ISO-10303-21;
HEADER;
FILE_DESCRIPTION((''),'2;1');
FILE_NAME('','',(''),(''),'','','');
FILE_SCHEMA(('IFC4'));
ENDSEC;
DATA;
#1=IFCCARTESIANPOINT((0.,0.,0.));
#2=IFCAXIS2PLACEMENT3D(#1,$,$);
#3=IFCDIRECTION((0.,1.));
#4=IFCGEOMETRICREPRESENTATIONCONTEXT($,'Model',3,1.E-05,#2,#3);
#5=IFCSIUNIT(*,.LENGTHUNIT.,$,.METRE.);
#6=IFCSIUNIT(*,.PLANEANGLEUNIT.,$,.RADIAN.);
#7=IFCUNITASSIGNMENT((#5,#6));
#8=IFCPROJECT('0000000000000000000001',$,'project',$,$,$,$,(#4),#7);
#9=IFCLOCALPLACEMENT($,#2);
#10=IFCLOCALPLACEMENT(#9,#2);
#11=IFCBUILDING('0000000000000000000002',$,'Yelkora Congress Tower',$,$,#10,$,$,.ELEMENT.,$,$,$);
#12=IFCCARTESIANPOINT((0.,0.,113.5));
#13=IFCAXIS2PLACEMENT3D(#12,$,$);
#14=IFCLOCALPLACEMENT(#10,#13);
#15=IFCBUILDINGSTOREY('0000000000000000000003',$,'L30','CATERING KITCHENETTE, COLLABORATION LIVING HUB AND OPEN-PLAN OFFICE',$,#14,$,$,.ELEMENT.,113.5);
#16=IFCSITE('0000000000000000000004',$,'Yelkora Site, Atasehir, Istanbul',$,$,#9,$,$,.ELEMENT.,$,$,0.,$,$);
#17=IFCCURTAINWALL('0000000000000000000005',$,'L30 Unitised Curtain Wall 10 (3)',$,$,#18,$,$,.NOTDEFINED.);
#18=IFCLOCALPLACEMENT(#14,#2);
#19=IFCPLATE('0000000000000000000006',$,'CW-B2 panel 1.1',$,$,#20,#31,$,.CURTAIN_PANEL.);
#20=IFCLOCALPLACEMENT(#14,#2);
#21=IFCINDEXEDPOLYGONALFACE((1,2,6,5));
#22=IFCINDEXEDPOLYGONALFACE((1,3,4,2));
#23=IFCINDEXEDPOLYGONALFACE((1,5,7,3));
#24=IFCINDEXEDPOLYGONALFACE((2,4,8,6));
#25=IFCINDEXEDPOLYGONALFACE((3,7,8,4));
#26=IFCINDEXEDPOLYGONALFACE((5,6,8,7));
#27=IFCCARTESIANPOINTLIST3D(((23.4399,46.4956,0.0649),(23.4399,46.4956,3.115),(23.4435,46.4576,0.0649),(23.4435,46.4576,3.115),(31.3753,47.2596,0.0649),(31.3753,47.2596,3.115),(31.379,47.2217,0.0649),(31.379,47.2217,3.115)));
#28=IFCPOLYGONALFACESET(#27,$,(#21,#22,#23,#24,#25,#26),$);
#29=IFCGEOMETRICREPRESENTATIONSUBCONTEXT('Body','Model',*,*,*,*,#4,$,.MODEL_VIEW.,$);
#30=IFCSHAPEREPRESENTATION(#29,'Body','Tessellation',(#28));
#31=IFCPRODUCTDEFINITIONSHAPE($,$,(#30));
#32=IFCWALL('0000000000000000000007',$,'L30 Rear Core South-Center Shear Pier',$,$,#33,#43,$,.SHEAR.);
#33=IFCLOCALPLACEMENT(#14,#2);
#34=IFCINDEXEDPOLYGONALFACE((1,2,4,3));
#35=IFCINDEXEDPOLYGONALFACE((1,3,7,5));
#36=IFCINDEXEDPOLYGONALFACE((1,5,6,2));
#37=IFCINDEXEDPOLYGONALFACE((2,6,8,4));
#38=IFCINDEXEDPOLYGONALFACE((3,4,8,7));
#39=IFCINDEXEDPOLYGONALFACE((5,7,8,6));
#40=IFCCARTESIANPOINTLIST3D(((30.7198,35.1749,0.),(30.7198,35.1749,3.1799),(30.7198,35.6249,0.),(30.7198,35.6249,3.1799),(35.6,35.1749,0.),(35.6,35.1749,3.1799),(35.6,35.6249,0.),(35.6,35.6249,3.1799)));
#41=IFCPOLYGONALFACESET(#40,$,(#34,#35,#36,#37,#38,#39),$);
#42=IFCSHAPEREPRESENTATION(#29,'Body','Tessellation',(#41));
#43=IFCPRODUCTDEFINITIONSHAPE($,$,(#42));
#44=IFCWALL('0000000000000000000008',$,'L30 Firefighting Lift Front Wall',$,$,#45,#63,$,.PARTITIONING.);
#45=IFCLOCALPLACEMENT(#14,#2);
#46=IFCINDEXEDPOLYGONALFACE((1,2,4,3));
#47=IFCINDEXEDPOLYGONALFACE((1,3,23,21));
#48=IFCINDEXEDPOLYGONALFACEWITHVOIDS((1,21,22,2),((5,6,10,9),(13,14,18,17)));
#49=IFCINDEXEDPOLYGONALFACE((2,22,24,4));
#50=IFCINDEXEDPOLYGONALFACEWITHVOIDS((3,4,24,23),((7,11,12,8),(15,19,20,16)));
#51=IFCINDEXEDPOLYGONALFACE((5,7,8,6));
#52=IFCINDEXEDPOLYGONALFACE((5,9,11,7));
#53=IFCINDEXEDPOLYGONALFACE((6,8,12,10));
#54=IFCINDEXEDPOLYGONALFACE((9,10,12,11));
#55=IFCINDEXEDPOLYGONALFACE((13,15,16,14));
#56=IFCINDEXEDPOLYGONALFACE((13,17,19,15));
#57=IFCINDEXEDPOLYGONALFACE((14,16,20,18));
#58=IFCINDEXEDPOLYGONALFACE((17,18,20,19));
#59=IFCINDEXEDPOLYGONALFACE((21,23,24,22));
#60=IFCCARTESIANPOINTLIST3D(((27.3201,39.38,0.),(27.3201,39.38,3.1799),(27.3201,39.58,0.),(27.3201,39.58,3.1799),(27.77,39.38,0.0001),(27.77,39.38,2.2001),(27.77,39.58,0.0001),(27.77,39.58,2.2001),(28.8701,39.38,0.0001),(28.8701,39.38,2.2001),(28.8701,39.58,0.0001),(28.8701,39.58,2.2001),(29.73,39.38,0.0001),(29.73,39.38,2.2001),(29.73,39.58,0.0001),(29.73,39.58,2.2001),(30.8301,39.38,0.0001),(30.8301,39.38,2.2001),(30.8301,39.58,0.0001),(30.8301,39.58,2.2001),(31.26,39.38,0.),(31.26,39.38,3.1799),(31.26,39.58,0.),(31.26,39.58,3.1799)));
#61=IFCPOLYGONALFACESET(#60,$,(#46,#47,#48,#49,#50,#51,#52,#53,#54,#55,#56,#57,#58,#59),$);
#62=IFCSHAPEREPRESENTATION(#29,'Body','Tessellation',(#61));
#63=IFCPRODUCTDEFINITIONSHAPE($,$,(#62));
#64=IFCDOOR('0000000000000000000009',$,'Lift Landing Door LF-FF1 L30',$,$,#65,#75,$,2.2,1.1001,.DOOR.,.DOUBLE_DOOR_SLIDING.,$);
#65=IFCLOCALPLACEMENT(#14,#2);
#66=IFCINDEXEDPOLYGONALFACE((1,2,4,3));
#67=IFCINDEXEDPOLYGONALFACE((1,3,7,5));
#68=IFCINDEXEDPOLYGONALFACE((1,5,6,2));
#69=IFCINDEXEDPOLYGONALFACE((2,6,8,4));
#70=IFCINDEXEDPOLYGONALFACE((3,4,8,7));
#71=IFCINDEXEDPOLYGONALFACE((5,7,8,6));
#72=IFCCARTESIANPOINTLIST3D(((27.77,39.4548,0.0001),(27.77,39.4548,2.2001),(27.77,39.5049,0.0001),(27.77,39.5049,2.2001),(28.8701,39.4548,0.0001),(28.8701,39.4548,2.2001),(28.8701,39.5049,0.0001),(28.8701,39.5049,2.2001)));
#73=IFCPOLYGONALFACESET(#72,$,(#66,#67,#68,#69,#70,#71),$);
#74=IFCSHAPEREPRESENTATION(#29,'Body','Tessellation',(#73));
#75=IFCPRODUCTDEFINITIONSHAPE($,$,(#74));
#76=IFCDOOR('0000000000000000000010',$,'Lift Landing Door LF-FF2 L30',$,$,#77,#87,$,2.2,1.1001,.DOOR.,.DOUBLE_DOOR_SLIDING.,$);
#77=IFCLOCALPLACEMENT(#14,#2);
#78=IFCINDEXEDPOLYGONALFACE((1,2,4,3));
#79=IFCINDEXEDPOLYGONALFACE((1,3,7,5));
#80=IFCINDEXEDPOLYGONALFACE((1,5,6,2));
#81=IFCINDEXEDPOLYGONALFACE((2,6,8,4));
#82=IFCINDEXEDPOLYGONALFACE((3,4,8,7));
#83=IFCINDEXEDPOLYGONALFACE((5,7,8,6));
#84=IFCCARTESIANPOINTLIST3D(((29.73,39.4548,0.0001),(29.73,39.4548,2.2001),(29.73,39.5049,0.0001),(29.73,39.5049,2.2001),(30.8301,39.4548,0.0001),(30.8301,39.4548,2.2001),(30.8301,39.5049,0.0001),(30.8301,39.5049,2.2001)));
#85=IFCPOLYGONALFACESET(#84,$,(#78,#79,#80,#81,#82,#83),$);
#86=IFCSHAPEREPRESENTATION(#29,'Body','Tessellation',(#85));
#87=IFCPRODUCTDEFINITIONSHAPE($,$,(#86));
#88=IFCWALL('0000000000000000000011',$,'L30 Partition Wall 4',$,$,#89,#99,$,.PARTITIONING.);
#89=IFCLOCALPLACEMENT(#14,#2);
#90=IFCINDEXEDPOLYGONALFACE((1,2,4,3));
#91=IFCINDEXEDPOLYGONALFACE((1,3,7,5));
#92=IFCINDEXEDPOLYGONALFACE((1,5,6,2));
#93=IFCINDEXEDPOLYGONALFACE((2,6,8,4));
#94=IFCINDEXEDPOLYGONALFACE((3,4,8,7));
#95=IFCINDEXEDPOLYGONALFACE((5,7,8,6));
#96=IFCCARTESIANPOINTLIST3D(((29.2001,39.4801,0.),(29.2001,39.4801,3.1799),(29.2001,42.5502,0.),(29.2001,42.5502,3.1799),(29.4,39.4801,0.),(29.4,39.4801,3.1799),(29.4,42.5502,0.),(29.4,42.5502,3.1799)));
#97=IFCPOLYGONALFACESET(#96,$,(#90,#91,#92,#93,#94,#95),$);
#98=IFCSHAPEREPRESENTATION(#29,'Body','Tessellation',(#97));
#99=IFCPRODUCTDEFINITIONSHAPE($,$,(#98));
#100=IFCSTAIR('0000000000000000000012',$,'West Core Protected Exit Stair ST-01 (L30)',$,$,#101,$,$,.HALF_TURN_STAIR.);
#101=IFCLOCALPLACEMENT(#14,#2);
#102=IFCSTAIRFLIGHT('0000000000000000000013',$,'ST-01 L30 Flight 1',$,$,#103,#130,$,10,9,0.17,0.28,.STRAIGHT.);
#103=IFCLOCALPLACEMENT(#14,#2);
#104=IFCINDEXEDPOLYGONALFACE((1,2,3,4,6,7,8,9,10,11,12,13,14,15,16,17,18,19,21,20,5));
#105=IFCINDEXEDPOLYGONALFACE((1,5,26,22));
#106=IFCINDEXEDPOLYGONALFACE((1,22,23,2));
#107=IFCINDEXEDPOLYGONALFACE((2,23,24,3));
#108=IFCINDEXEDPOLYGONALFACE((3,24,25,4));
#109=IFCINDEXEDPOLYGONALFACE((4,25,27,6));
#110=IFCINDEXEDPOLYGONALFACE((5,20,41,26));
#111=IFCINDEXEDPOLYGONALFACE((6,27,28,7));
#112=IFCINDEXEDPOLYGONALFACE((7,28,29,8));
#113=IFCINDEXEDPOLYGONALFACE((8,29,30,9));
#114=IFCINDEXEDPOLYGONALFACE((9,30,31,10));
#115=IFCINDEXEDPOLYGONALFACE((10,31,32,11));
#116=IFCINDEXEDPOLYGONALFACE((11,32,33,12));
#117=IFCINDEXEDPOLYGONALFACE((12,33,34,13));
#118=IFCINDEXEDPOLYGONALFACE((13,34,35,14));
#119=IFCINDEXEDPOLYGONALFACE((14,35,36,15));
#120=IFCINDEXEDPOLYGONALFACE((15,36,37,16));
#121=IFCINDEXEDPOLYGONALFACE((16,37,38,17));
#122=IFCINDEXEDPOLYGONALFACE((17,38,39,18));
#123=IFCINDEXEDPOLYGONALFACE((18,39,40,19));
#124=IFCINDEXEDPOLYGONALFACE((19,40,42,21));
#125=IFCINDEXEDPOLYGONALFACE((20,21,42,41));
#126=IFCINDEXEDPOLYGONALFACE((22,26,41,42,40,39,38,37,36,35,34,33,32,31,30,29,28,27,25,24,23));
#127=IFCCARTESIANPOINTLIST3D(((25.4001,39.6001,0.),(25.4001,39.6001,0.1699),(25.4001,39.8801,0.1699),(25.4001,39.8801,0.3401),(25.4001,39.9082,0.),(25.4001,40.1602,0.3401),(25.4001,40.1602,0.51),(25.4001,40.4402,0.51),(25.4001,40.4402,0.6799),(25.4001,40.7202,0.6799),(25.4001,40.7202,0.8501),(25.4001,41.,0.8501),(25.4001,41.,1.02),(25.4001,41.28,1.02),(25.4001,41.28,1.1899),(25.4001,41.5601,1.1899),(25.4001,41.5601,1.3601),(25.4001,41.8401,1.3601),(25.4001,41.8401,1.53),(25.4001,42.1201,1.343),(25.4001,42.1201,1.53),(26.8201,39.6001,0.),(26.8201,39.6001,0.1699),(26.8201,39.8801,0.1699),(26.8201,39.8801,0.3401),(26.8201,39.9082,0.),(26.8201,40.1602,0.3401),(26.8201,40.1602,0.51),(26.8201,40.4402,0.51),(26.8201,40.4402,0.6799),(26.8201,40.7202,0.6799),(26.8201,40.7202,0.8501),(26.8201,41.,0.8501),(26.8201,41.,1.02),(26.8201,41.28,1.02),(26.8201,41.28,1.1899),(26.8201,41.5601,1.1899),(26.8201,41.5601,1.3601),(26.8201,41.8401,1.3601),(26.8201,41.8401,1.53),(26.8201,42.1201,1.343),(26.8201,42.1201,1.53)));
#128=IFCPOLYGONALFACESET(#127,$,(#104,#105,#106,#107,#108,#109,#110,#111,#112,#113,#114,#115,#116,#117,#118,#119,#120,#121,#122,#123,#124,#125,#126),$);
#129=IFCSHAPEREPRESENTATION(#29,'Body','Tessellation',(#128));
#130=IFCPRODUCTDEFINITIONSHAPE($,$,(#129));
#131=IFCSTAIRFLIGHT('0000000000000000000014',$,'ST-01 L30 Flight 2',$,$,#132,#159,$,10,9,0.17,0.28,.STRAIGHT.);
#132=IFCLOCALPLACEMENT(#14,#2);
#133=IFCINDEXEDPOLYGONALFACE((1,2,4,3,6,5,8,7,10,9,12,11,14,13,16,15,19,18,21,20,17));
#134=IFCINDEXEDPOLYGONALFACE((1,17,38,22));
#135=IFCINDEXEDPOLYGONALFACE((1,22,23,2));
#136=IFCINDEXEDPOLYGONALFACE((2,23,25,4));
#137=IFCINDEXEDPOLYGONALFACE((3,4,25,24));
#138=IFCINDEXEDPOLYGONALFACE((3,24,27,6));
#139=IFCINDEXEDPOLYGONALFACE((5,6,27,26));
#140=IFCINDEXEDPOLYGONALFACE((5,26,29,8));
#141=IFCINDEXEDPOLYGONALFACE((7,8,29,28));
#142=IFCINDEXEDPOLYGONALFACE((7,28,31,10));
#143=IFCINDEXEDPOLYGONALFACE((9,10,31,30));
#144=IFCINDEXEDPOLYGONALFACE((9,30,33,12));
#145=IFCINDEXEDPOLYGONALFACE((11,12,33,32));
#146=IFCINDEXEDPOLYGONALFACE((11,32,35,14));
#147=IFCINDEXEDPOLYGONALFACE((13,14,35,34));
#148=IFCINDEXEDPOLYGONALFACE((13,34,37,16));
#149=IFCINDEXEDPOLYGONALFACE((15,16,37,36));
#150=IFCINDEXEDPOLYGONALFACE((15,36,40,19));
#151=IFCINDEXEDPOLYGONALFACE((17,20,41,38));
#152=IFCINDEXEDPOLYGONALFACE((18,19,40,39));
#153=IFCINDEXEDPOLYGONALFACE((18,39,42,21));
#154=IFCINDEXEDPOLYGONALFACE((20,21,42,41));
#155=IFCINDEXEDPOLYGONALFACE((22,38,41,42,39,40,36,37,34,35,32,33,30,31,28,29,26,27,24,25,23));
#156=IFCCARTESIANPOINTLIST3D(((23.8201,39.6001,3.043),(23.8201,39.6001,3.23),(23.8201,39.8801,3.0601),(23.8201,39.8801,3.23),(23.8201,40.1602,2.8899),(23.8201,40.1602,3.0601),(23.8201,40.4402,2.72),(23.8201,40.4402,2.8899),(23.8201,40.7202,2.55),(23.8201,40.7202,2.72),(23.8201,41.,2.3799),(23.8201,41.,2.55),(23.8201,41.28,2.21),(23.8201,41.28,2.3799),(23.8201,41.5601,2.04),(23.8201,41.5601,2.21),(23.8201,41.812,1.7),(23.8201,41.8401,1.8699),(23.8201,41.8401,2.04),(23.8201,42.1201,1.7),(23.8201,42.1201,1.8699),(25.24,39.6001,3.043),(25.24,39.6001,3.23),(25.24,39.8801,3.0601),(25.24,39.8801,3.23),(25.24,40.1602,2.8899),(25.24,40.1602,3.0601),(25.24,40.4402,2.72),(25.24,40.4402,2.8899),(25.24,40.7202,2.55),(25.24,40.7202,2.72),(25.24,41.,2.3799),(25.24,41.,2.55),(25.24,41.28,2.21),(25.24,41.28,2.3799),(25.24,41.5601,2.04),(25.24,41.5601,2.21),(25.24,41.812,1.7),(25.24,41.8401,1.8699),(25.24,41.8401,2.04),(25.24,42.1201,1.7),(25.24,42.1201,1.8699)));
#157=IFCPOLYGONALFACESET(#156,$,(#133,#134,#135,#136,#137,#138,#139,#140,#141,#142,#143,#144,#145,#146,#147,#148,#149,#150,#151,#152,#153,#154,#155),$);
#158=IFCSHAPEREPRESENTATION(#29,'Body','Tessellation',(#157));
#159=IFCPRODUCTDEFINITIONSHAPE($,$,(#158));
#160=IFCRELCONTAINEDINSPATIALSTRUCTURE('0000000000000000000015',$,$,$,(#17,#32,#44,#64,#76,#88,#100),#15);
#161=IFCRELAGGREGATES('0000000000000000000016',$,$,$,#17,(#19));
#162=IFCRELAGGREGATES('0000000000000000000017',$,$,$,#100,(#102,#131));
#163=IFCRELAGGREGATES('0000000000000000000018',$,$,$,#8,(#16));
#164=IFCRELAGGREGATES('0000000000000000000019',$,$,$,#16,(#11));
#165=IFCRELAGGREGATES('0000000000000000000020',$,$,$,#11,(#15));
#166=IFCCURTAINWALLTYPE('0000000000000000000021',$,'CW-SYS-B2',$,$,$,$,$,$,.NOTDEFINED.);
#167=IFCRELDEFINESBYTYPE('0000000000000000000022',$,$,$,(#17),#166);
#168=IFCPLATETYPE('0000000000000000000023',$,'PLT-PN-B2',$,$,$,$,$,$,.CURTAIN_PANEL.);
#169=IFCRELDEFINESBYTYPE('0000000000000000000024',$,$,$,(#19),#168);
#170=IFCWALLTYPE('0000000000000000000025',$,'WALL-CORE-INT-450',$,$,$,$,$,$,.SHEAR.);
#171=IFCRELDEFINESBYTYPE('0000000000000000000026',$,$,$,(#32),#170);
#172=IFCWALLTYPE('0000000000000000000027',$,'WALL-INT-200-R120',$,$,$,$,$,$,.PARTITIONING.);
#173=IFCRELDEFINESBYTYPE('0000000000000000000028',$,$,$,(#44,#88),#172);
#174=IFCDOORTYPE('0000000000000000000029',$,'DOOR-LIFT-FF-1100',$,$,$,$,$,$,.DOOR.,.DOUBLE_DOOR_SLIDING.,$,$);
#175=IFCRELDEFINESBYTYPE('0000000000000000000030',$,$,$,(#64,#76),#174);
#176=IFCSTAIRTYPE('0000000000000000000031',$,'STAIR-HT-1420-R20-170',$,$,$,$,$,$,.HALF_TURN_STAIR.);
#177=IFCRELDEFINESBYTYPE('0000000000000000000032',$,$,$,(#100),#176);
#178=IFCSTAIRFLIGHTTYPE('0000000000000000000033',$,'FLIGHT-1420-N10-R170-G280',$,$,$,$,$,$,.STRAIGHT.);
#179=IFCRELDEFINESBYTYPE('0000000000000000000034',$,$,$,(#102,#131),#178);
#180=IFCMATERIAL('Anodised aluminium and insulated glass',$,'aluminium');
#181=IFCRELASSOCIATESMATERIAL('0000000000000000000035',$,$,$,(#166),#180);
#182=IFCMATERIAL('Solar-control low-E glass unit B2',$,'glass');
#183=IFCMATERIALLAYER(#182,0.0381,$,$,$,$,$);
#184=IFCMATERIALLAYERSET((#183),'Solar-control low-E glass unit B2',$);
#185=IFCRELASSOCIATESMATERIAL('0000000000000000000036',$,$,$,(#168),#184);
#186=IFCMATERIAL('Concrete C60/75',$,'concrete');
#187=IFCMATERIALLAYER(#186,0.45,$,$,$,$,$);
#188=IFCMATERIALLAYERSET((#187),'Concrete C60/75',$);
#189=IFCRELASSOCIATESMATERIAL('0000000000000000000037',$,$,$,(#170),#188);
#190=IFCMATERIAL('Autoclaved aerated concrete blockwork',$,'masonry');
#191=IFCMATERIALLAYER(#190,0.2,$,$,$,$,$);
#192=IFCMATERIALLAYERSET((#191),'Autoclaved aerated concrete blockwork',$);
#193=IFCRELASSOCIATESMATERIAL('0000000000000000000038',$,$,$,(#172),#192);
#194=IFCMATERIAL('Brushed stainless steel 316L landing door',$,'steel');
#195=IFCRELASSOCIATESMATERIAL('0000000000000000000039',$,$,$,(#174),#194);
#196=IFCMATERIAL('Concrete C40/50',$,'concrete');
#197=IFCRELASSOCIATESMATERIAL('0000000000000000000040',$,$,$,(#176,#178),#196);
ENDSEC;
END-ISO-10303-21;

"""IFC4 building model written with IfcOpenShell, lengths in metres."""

from ifc_helpers import new_model, si_unit, direction, frame, frame_2d, origin, origin_2d, place, context, subcontext, project, spatial, polyline, rectangle, outline, extrude, material, layer, layer_set, type_object, element, fill, aggregate, save


model = new_model("IFC4")

# Units and contexts
model_context = context("Model", 3, precision=1e-05, world=origin(), true_north=direction((0.0, 1.0)))
body_context = subcontext(model_context, "Body", "Model", "MODEL_VIEW")
ifc_project = project(units=[si_unit("LENGTHUNIT", "METRE"), si_unit("PLANEANGLEUNIT", "RADIAN")], contexts=[model_context])

# Site, building, storey
site_placement = place(None, origin())
site = spatial("IfcSite", under=ifc_project, at=site_placement, Name="Yelkora Site, Atasehir, Istanbul", CompositionType="ELEMENT", RefElevation=0.0)
building_placement = place(site_placement, origin())
building = spatial("IfcBuilding", under=site, at=building_placement, Name="Yelkora Congress Tower", CompositionType="ELEMENT")
storey_placement = place(building_placement, frame((0.0, 0.0, 113.5)))
storey = spatial("IfcBuildingStorey", under=building, at=storey_placement, Name="L30", Description="CATERING KITCHENETTE, COLLABORATION LIVING HUB AND OPEN-PLAN OFFICE", CompositionType="ELEMENT", Elevation=113.5)

# Curtain wall, plate
ifc_material_1 = material(Name="Anodised aluminium and insulated glass", Category="aluminium")
curtain_wall_type = type_object("IfcCurtainWallType", Name="CW-SYS-B2", PredefinedType="NOTDEFINED", material=ifc_material_1)
curtain_wall_placement = place(storey_placement, origin())
curtain_wall = element("IfcCurtainWall", 1, at=curtain_wall_placement, inside=storey, type_object=curtain_wall_type, Name="L30 Unitised Curtain Wall 10 (3)", PredefinedType="NOTDEFINED")
ifc_material_2 = material(Name="Solar-control low-E glass unit B2", Category="glass")
ifc_layer_1 = layer(ifc_material_2, 0.0381)
ifc_layer_set_1 = layer_set([ifc_layer_1], Name="Solar-control low-E glass unit B2")
plate_type = type_object("IfcPlateType", Name="PLT-PN-B2", PredefinedType="CURTAIN_PANEL", material=ifc_layer_set_1)
plate_placement = place(storey_placement, frame((27.4094, 46.8586, 0.0649), z_axis=(0.0, 0.0, 1.0), x_axis=(0.995396, 0.095844, 0.0)))
plate = element("IfcPlate", 2, at=plate_placement, type_object=plate_type, Name="CW-B2 panel 1.1", PredefinedType="CURTAIN_PANEL", context=body_context, shape_type="SweptSolid", body=[
    extrude(rectangle(XDim=7.9722, YDim=0.0381, at=origin_2d()), origin(), (0.0, 0.0, 1.0), 3.05),
])
aggregate(curtain_wall, [plate])

# Wall
ifc_material_3 = material(Name="Concrete C60/75", Category="concrete")
ifc_layer_2 = layer(ifc_material_3, 0.45)
ifc_layer_set_2 = layer_set([ifc_layer_2], Name="Concrete C60/75")
wall_type_1 = type_object("IfcWallType", Name="WALL-CORE-INT-450", PredefinedType="SHEAR", material=ifc_layer_set_2)
wall_1_placement = place(storey_placement, frame((30.72, 35.3999, 0.0), z_axis=(0.0, 0.0, 1.0), x_axis=(1.0, 0.0, 0.0)))
element("IfcWall", 3, at=wall_1_placement, inside=storey, type_object=wall_type_1, Name="L30 Rear Core South-Center Shear Pier", PredefinedType="SHEAR", context=body_context, shape_type="SweptSolid", body=[
    extrude(rectangle(XDim=4.8801, YDim=0.45, at=frame_2d((2.4399, 0.0))), origin(), (0.0, 0.0, 1.0), 3.1799),
])

# Shared definitions
ifc_material_4 = material(Name="Autoclaved aerated concrete blockwork", Category="masonry")
ifc_layer_3 = layer(ifc_material_4, 0.2)
ifc_layer_set_3 = layer_set([ifc_layer_3], Name="Autoclaved aerated concrete blockwork")
wall_type_2 = type_object("IfcWallType", Name="WALL-INT-200-R120", PredefinedType="PARTITIONING", material=ifc_layer_set_3)

# Wall, openings, doors
wall_2_placement = place(storey_placement, frame((27.3201, 39.48, 0.0), z_axis=(0.0, 0.0, 1.0), x_axis=(1.0, 0.0, 0.0)))
wall_2 = element("IfcWall", 4, at=wall_2_placement, inside=storey, type_object=wall_type_2, Name="L30 Firefighting Lift Front Wall", PredefinedType="PARTITIONING", context=body_context, shape_type="SweptSolid", body=[
    extrude(rectangle(XDim=3.9399, YDim=0.2, at=frame_2d((1.97, 0.0))), origin(), (0.0, 0.0, 1.0), 3.1799),
])
opening_1_placement = place(wall_2_placement, frame((0.45, 0.0, 0.0)))
opening_1 = element("IfcOpeningElement", 5, at=opening_1_placement, cuts=wall_2, PredefinedType="OPENING", context=body_context, shape_type="SweptSolid", body=[
    extrude(rectangle(XDim=1.1001, YDim=2.2, at=frame_2d((0.55, 1.1001))), frame((0.0, 0.1099, 0.0), z_axis=(0.0, -1.0, 0.0), x_axis=(1.0, 0.0, 0.0)), (0.0, 0.0, 1.0), 0.22),
])
opening_2_placement = place(wall_2_placement, frame((2.4099, 0.0, 0.0)))
opening_2 = element("IfcOpeningElement", 6, at=opening_2_placement, cuts=wall_2, PredefinedType="OPENING", context=body_context, shape_type="SweptSolid", body=[
    extrude(rectangle(XDim=1.1001, YDim=2.2, at=frame_2d((0.55, 1.1001))), frame((0.0, 0.1099, 0.0), z_axis=(0.0, -1.0, 0.0), x_axis=(1.0, 0.0, 0.0)), (0.0, 0.0, 1.0), 0.22),
])
ifc_material_5 = material(Name="Brushed stainless steel 316L landing door", Category="steel")
door_type_1 = type_object("IfcDoorType", Name="DOOR-LIFT-FF-1100", OperationType="DOUBLE_DOOR_SLIDING", PredefinedType="DOOR", material=ifc_material_5)
door_1_placement = place(opening_1_placement, origin())
door_1 = element("IfcDoor", 7, at=door_1_placement, inside=storey, type_object=door_type_1, Name="Lift Landing Door LF-FF1 L30", OperationType="DOUBLE_DOOR_SLIDING", OverallHeight=2.2, OverallWidth=1.1001, PredefinedType="DOOR", context=body_context, shape_type="SweptSolid", body=[
    extrude(rectangle(XDim=1.1001, YDim=2.2, at=frame_2d((0.55, 1.1001))), frame((0.0, 0.0249, 0.0), z_axis=(0.0, -1.0, 0.0), x_axis=(1.0, 0.0, 0.0)), (0.0, 0.0, 1.0), 0.05),
])
fill(opening_1, door_1)
door_2_placement = place(opening_2_placement, origin())
door_2 = element("IfcDoor", 8, at=door_2_placement, inside=storey, type_object=door_type_1, Name="Lift Landing Door LF-FF2 L30", OperationType="DOUBLE_DOOR_SLIDING", OverallHeight=2.2, OverallWidth=1.1001, PredefinedType="DOOR", context=body_context, shape_type="SweptSolid", body=[
    extrude(rectangle(XDim=1.1001, YDim=2.2, at=frame_2d((0.55, 1.1001))), frame((0.0, 0.0249, 0.0), z_axis=(0.0, -1.0, 0.0), x_axis=(1.0, 0.0, 0.0)), (0.0, 0.0, 1.0), 0.05),
])
fill(opening_2, door_2)

# Wall
wall_3_placement = place(storey_placement, frame((29.3, 39.48, 0.0), z_axis=(0.0, 0.0, 1.0), x_axis=(0.0, 1.0, 0.0)))
element("IfcWall", 9, at=wall_3_placement, inside=storey, type_object=wall_type_2, Name="L30 Partition Wall 4", PredefinedType="PARTITIONING", context=body_context, shape_type="SweptSolid", body=[
    extrude(rectangle(XDim=3.0701, YDim=0.2, at=frame_2d((1.5352, 0.0))), origin(), (0.0, 0.0, 1.0), 3.1799),
])

# Stair, stair flights
ifc_material_6 = material(Name="Concrete C40/50", Category="concrete")
stair_type = type_object("IfcStairType", Name="STAIR-HT-1420-R20-170", PredefinedType="HALF_TURN_STAIR", material=ifc_material_6)
stair_placement = place(storey_placement, origin())
stair = element("IfcStair", 10, at=stair_placement, inside=storey, type_object=stair_type, Name="West Core Protected Exit Stair ST-01 (L30)", PredefinedType="HALF_TURN_STAIR")
stair_flight_type = type_object("IfcStairFlightType", Name="FLIGHT-1420-N10-R170-G280", PredefinedType="STRAIGHT", material=ifc_material_6)
stair_flight_1_placement = place(storey_placement, frame((26.1101, 39.6001, 0.0), z_axis=(0.0, 0.0, 1.0), x_axis=(0.0, 1.0, 0.0)))
stair_flight_1 = element("IfcStairFlight", 11, at=stair_flight_1_placement, type_object=stair_flight_type, Name="ST-01 L30 Flight 1", NumberOfRisers=10, NumberOfTreads=9, PredefinedType="STRAIGHT", RiserHeight=0.17, TreadLength=0.28, context=body_context, shape_type="SweptSolid", body=[
    extrude(outline(polyline([(0.0, 0.0), (0.0, 0.1699), (0.28, 0.1699), (0.28, 0.3401), (0.5601, 0.3401), (0.5601, 0.51), (0.8401, 0.51), (0.8401, 0.6799), (1.1201, 0.6799), (1.1201, 0.8501), (1.3999, 0.8501), (1.3999, 1.02), (1.6799, 1.02), (1.6799, 1.1899), (1.96, 1.1899), (1.96, 1.3601), (2.24, 1.3601), (2.24, 1.53), (2.52, 1.53), (2.52, 1.7), (2.52, 1.343), (0.3081, 0.0), (0.0, 0.0)])), frame((0.0, 0.71, 0.0), z_axis=(0.0, -1.0, 0.0), x_axis=(1.0, 0.0, 0.0)), (0.0, 0.0, 1.0), 1.4199),
])
stair_flight_2_placement = place(storey_placement, frame((24.53, 42.1201, 1.7), z_axis=(0.0, 0.0, 1.0), x_axis=(0.0, -1.0, 0.0)))
stair_flight_2 = element("IfcStairFlight", 12, at=stair_flight_2_placement, type_object=stair_flight_type, Name="ST-01 L30 Flight 2", NumberOfRisers=10, NumberOfTreads=9, PredefinedType="STRAIGHT", RiserHeight=0.17, TreadLength=0.28, context=body_context, shape_type="SweptSolid", body=[
    extrude(outline(polyline([(0.0, 0.0), (0.0, 0.1699), (0.28, 0.1699), (0.28, 0.3401), (0.5601, 0.3401), (0.5601, 0.51), (0.8401, 0.51), (0.8401, 0.6799), (1.1201, 0.6799), (1.1201, 0.8501), (1.3999, 0.8501), (1.3999, 1.02), (1.6799, 1.02), (1.6799, 1.1899), (1.96, 1.1899), (1.96, 1.3601), (2.24, 1.3601), (2.24, 1.53), (2.52, 1.53), (2.52, 1.7), (2.52, 1.343), (0.3081, 0.0), (0.0, 0.0)])), frame((0.0, 0.71, 0.0), z_axis=(0.0, -1.0, 0.0), x_axis=(1.0, 0.0, 0.0)), (0.0, 0.0, 1.0), 1.4199),
])
aggregate(stair, [stair_flight_1, stair_flight_2])

save(model, "model.ifc")
